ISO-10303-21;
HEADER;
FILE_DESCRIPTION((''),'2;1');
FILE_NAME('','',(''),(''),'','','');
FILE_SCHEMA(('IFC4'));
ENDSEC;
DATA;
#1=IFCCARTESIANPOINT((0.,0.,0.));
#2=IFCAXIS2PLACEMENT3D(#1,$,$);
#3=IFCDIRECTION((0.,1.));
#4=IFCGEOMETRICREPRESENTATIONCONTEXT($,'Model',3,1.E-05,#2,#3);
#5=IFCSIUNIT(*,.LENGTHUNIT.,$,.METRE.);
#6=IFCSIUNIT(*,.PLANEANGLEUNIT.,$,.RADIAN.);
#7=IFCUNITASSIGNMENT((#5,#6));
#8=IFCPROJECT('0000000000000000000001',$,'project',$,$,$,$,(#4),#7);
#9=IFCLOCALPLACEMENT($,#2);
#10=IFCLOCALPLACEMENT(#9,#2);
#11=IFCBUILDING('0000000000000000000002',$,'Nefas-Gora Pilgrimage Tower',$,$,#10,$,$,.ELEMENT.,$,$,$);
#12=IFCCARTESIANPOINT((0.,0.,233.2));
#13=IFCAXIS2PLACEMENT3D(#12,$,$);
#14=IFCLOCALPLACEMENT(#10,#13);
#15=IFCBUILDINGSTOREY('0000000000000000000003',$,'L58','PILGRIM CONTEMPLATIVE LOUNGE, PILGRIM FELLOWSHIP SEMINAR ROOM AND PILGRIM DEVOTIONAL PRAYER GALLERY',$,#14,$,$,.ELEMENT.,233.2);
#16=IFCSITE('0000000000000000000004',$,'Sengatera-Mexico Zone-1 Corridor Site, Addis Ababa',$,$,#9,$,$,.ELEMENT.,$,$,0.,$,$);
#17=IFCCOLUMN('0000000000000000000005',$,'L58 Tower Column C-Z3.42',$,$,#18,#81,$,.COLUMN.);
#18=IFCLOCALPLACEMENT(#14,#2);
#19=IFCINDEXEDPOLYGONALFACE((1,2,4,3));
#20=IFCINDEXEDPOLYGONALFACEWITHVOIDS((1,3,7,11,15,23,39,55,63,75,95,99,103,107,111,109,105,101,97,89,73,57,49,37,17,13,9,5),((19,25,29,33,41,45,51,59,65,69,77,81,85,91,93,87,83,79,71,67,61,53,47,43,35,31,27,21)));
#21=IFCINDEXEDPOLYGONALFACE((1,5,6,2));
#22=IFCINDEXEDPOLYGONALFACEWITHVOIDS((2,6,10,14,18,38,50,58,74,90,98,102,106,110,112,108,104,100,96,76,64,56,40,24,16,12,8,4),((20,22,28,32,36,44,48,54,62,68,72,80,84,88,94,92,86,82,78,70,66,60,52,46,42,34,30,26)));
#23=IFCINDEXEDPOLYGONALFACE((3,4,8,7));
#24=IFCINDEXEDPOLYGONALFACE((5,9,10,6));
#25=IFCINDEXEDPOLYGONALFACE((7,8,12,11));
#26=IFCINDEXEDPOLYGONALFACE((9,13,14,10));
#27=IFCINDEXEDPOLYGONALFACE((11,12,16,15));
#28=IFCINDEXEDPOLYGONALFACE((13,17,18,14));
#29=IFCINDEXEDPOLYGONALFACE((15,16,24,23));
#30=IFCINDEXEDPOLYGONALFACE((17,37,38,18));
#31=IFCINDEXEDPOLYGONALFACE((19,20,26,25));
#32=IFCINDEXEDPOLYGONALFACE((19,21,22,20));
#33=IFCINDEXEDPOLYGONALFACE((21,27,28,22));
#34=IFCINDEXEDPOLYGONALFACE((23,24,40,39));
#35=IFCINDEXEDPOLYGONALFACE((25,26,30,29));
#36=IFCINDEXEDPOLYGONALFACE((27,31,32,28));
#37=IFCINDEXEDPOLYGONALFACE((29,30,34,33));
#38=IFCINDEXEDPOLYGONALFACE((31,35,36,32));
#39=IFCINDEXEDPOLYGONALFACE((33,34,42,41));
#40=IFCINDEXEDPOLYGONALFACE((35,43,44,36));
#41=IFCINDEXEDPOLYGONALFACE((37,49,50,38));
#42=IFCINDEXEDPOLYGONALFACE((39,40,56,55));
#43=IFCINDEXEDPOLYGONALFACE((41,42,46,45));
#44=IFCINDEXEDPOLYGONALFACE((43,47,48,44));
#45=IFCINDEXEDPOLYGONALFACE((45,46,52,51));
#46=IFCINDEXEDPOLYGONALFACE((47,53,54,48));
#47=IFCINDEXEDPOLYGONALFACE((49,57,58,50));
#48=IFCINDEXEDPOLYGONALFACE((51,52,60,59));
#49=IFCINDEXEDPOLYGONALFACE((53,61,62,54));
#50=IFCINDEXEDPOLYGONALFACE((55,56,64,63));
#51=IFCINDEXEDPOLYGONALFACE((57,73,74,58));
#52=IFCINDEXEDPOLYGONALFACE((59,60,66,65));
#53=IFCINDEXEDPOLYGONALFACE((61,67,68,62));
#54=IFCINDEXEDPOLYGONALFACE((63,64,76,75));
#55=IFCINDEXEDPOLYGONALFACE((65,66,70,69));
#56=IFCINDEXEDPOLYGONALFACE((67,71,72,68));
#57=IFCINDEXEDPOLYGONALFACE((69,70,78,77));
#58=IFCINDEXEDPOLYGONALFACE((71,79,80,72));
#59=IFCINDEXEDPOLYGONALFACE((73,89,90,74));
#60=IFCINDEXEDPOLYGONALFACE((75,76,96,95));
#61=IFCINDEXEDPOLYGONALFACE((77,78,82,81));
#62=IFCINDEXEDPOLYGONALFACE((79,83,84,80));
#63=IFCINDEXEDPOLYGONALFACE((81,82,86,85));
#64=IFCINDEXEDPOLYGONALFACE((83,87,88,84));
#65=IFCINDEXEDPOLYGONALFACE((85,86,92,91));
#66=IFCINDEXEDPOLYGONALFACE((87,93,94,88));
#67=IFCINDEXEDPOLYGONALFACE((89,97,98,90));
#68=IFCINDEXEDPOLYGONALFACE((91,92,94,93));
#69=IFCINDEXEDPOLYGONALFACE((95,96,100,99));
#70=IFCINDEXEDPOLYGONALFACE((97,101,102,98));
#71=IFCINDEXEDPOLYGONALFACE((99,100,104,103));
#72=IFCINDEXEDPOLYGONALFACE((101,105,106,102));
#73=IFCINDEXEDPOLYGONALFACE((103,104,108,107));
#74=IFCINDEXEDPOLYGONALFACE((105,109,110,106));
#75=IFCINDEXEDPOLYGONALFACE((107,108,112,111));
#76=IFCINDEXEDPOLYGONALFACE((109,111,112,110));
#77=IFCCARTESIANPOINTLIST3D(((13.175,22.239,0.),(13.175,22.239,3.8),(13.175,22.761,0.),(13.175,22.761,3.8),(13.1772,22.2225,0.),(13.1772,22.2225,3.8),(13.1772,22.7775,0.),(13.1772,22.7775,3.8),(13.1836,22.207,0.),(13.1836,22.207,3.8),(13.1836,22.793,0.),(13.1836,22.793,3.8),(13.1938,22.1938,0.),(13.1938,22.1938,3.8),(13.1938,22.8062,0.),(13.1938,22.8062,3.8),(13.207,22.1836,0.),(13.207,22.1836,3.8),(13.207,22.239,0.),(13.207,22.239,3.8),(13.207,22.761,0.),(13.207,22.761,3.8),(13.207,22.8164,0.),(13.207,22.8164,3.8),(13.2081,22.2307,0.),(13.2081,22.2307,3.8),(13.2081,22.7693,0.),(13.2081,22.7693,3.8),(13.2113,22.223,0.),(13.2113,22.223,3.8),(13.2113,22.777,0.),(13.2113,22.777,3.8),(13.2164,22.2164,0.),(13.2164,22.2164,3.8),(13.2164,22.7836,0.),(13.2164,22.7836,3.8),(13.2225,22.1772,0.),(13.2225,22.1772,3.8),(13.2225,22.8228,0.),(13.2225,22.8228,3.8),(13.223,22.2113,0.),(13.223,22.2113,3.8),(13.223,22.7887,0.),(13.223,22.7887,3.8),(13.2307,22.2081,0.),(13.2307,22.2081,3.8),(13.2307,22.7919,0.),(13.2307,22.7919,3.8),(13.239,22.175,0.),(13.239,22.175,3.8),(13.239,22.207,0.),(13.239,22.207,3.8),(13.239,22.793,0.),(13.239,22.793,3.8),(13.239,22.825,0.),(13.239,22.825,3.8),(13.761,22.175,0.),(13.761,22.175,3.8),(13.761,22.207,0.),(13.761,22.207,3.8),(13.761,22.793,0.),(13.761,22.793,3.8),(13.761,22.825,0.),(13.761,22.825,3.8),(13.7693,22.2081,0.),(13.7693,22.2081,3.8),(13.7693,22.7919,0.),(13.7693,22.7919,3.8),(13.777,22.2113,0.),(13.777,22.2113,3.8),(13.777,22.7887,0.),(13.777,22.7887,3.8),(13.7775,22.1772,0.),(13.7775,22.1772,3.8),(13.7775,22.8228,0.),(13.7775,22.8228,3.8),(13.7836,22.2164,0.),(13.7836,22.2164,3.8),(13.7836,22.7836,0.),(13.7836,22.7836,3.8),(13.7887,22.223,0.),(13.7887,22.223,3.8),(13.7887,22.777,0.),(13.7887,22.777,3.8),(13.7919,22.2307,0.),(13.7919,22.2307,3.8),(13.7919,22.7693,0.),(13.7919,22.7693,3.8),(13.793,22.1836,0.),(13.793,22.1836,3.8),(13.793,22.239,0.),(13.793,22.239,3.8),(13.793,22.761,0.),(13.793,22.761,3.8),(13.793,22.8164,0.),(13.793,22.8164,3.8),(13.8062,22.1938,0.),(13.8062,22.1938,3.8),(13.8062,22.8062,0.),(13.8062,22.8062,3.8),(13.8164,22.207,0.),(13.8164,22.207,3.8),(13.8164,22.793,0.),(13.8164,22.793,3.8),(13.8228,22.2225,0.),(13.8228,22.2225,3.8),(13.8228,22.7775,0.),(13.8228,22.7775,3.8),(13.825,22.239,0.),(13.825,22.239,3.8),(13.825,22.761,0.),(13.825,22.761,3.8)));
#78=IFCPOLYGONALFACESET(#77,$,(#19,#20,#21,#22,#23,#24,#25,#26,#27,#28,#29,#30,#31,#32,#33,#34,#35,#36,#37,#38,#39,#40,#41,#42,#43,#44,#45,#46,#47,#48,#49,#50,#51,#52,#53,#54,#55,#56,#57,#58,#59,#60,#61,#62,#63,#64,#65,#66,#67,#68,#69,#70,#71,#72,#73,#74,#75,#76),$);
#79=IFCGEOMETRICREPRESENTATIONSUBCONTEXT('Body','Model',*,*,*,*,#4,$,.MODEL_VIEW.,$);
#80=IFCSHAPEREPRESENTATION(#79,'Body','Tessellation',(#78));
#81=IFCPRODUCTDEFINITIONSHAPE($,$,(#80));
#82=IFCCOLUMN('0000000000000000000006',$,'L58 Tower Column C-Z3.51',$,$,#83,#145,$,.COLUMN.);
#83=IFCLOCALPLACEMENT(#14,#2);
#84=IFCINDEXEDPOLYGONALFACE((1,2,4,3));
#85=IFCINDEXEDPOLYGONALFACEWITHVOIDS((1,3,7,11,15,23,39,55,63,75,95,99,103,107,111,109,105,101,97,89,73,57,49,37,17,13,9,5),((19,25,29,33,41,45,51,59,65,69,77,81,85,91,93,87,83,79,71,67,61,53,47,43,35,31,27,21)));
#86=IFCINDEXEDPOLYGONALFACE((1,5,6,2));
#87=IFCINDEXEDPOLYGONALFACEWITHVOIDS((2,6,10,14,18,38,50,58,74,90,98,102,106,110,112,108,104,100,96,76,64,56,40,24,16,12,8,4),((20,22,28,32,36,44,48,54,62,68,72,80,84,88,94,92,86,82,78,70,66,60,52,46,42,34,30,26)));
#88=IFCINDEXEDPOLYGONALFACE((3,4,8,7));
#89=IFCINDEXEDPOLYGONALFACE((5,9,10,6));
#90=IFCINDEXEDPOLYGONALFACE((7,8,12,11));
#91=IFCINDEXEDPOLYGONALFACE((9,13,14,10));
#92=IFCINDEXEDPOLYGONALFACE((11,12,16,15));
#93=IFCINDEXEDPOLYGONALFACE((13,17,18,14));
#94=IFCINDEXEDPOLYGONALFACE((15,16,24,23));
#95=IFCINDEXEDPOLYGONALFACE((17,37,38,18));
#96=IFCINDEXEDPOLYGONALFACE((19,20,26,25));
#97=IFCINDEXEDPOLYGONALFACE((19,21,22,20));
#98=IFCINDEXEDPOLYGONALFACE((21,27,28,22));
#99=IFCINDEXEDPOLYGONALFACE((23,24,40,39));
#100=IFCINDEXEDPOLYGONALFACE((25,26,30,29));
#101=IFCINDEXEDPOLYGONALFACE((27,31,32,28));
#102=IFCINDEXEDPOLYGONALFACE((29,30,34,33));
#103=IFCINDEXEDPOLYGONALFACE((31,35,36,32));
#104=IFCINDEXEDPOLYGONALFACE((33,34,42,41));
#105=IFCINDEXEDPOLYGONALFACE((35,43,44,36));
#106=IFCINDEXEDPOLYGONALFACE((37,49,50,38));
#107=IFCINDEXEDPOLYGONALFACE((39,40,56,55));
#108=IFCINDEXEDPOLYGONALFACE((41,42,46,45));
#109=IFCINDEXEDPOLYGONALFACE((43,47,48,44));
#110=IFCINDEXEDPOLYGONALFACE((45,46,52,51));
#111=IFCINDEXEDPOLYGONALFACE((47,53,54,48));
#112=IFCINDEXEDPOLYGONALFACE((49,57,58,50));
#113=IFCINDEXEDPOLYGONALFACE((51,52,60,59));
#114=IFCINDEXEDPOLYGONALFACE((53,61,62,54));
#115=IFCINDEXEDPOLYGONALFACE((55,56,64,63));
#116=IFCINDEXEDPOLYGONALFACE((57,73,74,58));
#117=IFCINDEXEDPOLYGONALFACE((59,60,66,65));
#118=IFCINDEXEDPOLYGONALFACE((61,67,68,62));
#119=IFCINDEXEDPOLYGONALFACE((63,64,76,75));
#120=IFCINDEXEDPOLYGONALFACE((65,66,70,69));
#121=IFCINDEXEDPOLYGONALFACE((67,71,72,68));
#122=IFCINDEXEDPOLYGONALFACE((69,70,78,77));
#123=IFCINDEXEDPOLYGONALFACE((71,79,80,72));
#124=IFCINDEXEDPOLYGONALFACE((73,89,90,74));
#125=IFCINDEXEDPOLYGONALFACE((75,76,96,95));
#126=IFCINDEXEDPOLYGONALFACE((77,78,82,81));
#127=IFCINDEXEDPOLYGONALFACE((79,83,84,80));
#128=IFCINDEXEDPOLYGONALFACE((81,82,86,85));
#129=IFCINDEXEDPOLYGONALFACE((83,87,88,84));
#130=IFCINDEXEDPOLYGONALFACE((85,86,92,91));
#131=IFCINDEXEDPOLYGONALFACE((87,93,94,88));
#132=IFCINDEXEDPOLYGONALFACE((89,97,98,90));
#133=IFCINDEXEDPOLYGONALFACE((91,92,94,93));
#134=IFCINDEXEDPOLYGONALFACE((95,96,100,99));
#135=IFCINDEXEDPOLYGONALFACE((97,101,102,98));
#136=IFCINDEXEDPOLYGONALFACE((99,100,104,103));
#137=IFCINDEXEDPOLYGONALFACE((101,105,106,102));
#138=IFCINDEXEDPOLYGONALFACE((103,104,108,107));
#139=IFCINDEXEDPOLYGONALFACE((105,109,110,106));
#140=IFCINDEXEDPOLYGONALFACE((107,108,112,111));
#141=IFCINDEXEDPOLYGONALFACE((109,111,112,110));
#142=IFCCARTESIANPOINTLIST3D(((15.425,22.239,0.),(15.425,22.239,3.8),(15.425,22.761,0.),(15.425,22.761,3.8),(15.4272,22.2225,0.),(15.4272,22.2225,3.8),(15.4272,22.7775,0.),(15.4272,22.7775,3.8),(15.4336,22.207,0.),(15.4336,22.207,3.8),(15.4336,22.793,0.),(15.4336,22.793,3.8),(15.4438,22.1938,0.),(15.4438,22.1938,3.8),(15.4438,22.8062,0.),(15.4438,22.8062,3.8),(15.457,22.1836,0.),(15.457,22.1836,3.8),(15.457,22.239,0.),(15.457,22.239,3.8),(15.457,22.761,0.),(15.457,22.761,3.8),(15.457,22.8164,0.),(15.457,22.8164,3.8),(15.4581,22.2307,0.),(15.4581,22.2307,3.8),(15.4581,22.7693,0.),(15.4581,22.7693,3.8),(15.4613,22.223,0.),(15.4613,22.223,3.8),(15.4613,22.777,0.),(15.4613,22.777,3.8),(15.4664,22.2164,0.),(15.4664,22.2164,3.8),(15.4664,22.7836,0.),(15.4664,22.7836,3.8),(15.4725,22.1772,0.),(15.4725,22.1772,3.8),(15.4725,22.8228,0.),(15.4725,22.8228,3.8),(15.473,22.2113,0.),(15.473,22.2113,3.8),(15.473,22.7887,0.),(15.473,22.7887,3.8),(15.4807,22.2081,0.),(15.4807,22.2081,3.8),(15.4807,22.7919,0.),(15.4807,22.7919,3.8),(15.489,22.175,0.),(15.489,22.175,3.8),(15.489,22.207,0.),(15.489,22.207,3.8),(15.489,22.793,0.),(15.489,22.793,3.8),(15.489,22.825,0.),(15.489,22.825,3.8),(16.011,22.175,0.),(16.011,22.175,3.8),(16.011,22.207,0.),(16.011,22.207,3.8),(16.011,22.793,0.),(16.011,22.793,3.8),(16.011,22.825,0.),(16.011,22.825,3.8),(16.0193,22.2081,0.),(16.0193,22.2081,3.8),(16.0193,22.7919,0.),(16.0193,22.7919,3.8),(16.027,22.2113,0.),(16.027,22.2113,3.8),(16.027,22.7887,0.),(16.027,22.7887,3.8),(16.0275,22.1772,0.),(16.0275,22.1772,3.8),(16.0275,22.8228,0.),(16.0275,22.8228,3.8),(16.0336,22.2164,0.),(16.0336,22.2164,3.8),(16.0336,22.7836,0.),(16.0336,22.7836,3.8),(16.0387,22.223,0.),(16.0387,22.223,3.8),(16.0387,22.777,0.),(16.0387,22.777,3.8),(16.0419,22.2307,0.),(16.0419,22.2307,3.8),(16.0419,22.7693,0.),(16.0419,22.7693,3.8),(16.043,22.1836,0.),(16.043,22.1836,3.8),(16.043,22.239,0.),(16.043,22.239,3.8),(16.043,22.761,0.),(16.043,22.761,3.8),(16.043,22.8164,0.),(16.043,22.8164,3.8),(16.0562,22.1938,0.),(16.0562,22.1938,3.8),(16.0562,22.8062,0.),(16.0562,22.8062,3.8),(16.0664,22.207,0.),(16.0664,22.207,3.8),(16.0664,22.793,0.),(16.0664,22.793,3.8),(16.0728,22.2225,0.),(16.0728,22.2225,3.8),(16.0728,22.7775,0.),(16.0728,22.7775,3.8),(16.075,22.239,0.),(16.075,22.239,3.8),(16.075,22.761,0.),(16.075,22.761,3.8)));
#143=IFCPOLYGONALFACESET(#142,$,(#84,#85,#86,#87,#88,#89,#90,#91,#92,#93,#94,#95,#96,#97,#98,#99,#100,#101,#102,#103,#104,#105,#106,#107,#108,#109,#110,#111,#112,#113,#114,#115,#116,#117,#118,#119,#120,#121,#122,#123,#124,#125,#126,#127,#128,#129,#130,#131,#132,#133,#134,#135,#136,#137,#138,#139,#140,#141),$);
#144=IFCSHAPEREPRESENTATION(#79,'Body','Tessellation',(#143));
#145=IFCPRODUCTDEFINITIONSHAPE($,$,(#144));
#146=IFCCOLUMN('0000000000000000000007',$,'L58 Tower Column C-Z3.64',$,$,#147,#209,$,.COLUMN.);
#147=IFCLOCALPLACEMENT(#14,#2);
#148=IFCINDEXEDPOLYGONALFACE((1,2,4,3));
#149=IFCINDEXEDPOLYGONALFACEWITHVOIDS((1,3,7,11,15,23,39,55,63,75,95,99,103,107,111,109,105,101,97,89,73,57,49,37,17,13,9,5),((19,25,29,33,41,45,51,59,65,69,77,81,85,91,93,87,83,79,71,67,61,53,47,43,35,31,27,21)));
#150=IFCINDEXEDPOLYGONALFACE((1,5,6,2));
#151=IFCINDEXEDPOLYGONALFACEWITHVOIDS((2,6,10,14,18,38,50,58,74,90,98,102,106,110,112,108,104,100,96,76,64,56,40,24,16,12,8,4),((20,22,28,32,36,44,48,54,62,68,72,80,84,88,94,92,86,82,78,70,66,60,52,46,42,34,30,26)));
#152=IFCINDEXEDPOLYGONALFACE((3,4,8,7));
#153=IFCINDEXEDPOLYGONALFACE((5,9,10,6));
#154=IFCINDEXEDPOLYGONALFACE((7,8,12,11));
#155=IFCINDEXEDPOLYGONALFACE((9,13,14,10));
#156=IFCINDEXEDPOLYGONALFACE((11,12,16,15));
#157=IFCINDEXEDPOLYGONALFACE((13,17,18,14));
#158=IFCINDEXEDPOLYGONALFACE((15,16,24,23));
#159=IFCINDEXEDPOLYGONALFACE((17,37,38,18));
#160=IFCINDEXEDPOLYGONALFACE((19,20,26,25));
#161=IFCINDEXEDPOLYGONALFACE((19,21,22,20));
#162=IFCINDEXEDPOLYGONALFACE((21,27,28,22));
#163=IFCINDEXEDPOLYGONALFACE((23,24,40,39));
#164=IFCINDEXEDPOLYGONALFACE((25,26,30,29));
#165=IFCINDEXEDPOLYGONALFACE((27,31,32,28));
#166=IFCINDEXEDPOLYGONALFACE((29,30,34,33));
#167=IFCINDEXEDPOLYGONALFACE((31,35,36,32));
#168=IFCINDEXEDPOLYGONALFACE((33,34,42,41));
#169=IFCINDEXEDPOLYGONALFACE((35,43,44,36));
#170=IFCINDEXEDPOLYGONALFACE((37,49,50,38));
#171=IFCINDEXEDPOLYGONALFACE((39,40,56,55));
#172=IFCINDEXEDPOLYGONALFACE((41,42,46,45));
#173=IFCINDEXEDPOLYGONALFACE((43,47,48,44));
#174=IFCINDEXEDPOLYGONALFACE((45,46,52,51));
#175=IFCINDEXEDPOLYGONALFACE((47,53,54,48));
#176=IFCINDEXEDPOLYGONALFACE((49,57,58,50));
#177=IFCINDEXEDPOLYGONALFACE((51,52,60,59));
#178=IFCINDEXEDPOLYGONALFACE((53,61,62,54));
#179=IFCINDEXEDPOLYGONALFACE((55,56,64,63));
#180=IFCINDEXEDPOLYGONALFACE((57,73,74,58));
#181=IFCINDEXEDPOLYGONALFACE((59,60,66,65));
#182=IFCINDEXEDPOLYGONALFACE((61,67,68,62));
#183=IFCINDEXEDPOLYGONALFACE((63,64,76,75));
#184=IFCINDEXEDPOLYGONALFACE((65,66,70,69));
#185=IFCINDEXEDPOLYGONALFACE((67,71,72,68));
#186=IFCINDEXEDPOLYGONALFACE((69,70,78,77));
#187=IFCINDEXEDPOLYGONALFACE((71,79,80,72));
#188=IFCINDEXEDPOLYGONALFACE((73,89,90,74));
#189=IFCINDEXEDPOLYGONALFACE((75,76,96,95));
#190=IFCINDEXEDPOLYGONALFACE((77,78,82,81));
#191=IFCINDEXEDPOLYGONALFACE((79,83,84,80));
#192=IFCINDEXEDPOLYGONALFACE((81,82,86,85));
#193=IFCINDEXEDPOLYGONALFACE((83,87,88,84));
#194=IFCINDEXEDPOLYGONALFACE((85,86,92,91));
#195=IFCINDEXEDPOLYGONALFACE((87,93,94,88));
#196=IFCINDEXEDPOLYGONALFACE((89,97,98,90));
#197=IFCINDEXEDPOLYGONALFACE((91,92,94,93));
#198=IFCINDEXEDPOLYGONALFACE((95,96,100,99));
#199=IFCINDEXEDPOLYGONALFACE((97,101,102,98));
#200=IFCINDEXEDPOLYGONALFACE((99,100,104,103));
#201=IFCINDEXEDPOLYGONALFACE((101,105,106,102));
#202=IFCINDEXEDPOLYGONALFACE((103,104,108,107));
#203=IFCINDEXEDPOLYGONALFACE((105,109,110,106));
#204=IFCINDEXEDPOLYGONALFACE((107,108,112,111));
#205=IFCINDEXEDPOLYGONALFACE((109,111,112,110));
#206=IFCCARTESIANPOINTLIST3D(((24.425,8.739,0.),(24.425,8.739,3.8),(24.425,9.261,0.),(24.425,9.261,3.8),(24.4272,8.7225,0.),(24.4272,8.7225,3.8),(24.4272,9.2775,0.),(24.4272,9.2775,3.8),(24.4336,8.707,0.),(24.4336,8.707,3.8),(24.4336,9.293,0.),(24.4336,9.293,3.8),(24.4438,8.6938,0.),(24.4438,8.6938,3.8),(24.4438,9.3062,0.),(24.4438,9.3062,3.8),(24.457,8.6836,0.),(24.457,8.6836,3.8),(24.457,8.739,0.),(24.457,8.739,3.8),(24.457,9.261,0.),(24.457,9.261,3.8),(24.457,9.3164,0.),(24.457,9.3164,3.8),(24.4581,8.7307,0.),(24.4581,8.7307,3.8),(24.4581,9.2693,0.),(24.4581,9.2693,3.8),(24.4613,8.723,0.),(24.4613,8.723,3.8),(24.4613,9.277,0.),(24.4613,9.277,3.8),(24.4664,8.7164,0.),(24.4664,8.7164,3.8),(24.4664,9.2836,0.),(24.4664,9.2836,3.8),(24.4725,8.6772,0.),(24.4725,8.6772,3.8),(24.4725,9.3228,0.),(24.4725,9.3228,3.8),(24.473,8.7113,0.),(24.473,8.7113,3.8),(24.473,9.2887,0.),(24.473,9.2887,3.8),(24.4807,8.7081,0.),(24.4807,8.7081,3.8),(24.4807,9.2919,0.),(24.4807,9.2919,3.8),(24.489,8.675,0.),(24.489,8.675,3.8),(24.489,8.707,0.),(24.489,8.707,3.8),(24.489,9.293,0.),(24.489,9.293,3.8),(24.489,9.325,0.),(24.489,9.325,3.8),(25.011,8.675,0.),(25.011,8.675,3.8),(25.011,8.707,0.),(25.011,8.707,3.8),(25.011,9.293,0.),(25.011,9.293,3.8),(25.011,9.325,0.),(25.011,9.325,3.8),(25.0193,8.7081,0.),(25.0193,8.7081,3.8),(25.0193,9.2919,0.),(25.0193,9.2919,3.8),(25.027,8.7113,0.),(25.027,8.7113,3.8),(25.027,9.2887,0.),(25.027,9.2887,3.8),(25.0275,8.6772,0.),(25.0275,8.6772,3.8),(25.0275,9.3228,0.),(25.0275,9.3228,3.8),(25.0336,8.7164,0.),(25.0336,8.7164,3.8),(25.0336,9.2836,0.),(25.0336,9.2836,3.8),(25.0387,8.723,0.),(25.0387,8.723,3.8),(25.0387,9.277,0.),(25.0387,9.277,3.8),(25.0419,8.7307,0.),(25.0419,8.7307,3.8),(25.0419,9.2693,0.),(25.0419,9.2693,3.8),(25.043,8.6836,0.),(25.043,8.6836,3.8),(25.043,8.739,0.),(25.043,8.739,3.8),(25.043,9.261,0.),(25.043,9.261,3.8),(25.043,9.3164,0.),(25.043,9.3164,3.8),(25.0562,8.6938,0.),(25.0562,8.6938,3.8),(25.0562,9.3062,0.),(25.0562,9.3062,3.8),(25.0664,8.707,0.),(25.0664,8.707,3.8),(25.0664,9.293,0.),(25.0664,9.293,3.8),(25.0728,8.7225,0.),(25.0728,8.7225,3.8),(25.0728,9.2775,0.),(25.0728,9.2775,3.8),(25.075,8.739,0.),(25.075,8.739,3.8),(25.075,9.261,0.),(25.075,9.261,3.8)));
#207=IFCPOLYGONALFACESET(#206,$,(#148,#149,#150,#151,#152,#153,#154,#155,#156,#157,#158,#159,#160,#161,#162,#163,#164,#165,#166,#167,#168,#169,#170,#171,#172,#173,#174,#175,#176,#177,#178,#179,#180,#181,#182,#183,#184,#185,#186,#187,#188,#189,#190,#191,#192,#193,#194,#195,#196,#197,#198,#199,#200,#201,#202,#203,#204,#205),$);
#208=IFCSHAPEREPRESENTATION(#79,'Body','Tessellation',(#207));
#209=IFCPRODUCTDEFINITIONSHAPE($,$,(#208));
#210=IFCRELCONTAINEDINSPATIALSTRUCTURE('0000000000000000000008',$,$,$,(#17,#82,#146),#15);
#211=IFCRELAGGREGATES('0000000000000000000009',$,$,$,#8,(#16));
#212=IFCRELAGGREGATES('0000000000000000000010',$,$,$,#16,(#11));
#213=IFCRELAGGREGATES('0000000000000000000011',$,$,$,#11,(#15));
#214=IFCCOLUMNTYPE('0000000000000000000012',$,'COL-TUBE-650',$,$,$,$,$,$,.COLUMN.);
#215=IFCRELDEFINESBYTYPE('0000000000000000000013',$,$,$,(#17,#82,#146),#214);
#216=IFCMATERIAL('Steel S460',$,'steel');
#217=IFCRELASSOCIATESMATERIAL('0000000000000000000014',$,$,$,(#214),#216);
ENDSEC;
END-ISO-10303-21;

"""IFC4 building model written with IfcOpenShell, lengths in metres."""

from ifc_helpers import new_model, si_unit, direction, frame, origin, origin_2d, place, context, subcontext, project, spatial, hollow_rectangle, extrude, source, transform, mapped, material, material_profile, profile_set, type_object, element, save


model = new_model("IFC4")

# Units and contexts
model_context = context("Model", 3, precision=1e-05, world=origin(), true_north=direction((0.0, 1.0)))
body_context = subcontext(model_context, "Body", "Model", "MODEL_VIEW")
ifc_project = project(units=[si_unit("LENGTHUNIT", "METRE"), si_unit("PLANEANGLEUNIT", "RADIAN")], contexts=[model_context])

# Site, building, storey
site_placement = place(None, origin())
site = spatial("IfcSite", under=ifc_project, at=site_placement, Name="Sengatera-Mexico Zone-1 Corridor Site, Addis Ababa", CompositionType="ELEMENT", RefElevation=0.0)
building_placement = place(site_placement, origin())
building = spatial("IfcBuilding", under=site, at=building_placement, Name="Nefas-Gora Pilgrimage Tower", CompositionType="ELEMENT")
storey_placement = place(building_placement, frame((0.0, 0.0, 233.2)))
storey = spatial("IfcBuildingStorey", under=building, at=storey_placement, Name="L58", Description="PILGRIM CONTEMPLATIVE LOUNGE, PILGRIM FELLOWSHIP SEMINAR ROOM AND PILGRIM DEVOTIONAL PRAYER GALLERY", CompositionType="ELEMENT", Elevation=233.2)

# Columns
ifc_material_1 = material(Name="Steel S460", Category="steel")
ifc_material_profile_1 = material_profile(ifc_material_1, hollow_rectangle(XDim=0.6499, YDim=0.6499, WallThickness=0.032, InnerFilletRadius=0.032, OuterFilletRadius=0.064, at=origin_2d()), Name="BOX 650x650x32")
ifc_profile_set_1 = profile_set([ifc_material_profile_1], Name="Steel S460")
column_type_1 = type_object("IfcColumnType", Name="COL-TUBE-650", PredefinedType="COLUMN", material=ifc_profile_set_1)
shared_shape_1 = source(origin(), body_context, "Body", "SweptSolid", [
    extrude(hollow_rectangle(XDim=0.6499, YDim=0.6499, WallThickness=0.032, InnerFilletRadius=0.032, OuterFilletRadius=0.064, at=origin_2d()), origin(), (0.0, 0.0, 1.0), 3.8),
])
for number, where, z_axis, x_axis, name in (
    (1, (13.5, 22.5, 0.0), (0.0, 0.0, 1.0), (1.0, 0.0, 0.0), "L58 Tower Column C-Z3.42"),
    (2, (15.75, 22.5, 0.0), (0.0, 0.0, 1.0), (1.0, 0.0, 0.0), "L58 Tower Column C-Z3.51"),
    (3, (24.75, 9.0, 0.0), (0.0, 0.0, 1.0), (1.0, 0.0, 0.0), "L58 Tower Column C-Z3.64"),
):
    element("IfcColumn", number, at=place(storey_placement, frame(where, z_axis=z_axis, x_axis=x_axis)), inside=storey, type_object=column_type_1, Name=name, PredefinedType="COLUMN", context=body_context, shape_type="MappedRepresentation", body=[
        mapped(shared_shape_1, transform((0.0, 0.0, 0.0), x_axis=(1.0, 0.0, 0.0), y_axis=(0.0, 1.0, 0.0), z_axis=(0.0, 0.0, 1.0), scale=1.0)),
    ])

save(model, "model.ifc")
